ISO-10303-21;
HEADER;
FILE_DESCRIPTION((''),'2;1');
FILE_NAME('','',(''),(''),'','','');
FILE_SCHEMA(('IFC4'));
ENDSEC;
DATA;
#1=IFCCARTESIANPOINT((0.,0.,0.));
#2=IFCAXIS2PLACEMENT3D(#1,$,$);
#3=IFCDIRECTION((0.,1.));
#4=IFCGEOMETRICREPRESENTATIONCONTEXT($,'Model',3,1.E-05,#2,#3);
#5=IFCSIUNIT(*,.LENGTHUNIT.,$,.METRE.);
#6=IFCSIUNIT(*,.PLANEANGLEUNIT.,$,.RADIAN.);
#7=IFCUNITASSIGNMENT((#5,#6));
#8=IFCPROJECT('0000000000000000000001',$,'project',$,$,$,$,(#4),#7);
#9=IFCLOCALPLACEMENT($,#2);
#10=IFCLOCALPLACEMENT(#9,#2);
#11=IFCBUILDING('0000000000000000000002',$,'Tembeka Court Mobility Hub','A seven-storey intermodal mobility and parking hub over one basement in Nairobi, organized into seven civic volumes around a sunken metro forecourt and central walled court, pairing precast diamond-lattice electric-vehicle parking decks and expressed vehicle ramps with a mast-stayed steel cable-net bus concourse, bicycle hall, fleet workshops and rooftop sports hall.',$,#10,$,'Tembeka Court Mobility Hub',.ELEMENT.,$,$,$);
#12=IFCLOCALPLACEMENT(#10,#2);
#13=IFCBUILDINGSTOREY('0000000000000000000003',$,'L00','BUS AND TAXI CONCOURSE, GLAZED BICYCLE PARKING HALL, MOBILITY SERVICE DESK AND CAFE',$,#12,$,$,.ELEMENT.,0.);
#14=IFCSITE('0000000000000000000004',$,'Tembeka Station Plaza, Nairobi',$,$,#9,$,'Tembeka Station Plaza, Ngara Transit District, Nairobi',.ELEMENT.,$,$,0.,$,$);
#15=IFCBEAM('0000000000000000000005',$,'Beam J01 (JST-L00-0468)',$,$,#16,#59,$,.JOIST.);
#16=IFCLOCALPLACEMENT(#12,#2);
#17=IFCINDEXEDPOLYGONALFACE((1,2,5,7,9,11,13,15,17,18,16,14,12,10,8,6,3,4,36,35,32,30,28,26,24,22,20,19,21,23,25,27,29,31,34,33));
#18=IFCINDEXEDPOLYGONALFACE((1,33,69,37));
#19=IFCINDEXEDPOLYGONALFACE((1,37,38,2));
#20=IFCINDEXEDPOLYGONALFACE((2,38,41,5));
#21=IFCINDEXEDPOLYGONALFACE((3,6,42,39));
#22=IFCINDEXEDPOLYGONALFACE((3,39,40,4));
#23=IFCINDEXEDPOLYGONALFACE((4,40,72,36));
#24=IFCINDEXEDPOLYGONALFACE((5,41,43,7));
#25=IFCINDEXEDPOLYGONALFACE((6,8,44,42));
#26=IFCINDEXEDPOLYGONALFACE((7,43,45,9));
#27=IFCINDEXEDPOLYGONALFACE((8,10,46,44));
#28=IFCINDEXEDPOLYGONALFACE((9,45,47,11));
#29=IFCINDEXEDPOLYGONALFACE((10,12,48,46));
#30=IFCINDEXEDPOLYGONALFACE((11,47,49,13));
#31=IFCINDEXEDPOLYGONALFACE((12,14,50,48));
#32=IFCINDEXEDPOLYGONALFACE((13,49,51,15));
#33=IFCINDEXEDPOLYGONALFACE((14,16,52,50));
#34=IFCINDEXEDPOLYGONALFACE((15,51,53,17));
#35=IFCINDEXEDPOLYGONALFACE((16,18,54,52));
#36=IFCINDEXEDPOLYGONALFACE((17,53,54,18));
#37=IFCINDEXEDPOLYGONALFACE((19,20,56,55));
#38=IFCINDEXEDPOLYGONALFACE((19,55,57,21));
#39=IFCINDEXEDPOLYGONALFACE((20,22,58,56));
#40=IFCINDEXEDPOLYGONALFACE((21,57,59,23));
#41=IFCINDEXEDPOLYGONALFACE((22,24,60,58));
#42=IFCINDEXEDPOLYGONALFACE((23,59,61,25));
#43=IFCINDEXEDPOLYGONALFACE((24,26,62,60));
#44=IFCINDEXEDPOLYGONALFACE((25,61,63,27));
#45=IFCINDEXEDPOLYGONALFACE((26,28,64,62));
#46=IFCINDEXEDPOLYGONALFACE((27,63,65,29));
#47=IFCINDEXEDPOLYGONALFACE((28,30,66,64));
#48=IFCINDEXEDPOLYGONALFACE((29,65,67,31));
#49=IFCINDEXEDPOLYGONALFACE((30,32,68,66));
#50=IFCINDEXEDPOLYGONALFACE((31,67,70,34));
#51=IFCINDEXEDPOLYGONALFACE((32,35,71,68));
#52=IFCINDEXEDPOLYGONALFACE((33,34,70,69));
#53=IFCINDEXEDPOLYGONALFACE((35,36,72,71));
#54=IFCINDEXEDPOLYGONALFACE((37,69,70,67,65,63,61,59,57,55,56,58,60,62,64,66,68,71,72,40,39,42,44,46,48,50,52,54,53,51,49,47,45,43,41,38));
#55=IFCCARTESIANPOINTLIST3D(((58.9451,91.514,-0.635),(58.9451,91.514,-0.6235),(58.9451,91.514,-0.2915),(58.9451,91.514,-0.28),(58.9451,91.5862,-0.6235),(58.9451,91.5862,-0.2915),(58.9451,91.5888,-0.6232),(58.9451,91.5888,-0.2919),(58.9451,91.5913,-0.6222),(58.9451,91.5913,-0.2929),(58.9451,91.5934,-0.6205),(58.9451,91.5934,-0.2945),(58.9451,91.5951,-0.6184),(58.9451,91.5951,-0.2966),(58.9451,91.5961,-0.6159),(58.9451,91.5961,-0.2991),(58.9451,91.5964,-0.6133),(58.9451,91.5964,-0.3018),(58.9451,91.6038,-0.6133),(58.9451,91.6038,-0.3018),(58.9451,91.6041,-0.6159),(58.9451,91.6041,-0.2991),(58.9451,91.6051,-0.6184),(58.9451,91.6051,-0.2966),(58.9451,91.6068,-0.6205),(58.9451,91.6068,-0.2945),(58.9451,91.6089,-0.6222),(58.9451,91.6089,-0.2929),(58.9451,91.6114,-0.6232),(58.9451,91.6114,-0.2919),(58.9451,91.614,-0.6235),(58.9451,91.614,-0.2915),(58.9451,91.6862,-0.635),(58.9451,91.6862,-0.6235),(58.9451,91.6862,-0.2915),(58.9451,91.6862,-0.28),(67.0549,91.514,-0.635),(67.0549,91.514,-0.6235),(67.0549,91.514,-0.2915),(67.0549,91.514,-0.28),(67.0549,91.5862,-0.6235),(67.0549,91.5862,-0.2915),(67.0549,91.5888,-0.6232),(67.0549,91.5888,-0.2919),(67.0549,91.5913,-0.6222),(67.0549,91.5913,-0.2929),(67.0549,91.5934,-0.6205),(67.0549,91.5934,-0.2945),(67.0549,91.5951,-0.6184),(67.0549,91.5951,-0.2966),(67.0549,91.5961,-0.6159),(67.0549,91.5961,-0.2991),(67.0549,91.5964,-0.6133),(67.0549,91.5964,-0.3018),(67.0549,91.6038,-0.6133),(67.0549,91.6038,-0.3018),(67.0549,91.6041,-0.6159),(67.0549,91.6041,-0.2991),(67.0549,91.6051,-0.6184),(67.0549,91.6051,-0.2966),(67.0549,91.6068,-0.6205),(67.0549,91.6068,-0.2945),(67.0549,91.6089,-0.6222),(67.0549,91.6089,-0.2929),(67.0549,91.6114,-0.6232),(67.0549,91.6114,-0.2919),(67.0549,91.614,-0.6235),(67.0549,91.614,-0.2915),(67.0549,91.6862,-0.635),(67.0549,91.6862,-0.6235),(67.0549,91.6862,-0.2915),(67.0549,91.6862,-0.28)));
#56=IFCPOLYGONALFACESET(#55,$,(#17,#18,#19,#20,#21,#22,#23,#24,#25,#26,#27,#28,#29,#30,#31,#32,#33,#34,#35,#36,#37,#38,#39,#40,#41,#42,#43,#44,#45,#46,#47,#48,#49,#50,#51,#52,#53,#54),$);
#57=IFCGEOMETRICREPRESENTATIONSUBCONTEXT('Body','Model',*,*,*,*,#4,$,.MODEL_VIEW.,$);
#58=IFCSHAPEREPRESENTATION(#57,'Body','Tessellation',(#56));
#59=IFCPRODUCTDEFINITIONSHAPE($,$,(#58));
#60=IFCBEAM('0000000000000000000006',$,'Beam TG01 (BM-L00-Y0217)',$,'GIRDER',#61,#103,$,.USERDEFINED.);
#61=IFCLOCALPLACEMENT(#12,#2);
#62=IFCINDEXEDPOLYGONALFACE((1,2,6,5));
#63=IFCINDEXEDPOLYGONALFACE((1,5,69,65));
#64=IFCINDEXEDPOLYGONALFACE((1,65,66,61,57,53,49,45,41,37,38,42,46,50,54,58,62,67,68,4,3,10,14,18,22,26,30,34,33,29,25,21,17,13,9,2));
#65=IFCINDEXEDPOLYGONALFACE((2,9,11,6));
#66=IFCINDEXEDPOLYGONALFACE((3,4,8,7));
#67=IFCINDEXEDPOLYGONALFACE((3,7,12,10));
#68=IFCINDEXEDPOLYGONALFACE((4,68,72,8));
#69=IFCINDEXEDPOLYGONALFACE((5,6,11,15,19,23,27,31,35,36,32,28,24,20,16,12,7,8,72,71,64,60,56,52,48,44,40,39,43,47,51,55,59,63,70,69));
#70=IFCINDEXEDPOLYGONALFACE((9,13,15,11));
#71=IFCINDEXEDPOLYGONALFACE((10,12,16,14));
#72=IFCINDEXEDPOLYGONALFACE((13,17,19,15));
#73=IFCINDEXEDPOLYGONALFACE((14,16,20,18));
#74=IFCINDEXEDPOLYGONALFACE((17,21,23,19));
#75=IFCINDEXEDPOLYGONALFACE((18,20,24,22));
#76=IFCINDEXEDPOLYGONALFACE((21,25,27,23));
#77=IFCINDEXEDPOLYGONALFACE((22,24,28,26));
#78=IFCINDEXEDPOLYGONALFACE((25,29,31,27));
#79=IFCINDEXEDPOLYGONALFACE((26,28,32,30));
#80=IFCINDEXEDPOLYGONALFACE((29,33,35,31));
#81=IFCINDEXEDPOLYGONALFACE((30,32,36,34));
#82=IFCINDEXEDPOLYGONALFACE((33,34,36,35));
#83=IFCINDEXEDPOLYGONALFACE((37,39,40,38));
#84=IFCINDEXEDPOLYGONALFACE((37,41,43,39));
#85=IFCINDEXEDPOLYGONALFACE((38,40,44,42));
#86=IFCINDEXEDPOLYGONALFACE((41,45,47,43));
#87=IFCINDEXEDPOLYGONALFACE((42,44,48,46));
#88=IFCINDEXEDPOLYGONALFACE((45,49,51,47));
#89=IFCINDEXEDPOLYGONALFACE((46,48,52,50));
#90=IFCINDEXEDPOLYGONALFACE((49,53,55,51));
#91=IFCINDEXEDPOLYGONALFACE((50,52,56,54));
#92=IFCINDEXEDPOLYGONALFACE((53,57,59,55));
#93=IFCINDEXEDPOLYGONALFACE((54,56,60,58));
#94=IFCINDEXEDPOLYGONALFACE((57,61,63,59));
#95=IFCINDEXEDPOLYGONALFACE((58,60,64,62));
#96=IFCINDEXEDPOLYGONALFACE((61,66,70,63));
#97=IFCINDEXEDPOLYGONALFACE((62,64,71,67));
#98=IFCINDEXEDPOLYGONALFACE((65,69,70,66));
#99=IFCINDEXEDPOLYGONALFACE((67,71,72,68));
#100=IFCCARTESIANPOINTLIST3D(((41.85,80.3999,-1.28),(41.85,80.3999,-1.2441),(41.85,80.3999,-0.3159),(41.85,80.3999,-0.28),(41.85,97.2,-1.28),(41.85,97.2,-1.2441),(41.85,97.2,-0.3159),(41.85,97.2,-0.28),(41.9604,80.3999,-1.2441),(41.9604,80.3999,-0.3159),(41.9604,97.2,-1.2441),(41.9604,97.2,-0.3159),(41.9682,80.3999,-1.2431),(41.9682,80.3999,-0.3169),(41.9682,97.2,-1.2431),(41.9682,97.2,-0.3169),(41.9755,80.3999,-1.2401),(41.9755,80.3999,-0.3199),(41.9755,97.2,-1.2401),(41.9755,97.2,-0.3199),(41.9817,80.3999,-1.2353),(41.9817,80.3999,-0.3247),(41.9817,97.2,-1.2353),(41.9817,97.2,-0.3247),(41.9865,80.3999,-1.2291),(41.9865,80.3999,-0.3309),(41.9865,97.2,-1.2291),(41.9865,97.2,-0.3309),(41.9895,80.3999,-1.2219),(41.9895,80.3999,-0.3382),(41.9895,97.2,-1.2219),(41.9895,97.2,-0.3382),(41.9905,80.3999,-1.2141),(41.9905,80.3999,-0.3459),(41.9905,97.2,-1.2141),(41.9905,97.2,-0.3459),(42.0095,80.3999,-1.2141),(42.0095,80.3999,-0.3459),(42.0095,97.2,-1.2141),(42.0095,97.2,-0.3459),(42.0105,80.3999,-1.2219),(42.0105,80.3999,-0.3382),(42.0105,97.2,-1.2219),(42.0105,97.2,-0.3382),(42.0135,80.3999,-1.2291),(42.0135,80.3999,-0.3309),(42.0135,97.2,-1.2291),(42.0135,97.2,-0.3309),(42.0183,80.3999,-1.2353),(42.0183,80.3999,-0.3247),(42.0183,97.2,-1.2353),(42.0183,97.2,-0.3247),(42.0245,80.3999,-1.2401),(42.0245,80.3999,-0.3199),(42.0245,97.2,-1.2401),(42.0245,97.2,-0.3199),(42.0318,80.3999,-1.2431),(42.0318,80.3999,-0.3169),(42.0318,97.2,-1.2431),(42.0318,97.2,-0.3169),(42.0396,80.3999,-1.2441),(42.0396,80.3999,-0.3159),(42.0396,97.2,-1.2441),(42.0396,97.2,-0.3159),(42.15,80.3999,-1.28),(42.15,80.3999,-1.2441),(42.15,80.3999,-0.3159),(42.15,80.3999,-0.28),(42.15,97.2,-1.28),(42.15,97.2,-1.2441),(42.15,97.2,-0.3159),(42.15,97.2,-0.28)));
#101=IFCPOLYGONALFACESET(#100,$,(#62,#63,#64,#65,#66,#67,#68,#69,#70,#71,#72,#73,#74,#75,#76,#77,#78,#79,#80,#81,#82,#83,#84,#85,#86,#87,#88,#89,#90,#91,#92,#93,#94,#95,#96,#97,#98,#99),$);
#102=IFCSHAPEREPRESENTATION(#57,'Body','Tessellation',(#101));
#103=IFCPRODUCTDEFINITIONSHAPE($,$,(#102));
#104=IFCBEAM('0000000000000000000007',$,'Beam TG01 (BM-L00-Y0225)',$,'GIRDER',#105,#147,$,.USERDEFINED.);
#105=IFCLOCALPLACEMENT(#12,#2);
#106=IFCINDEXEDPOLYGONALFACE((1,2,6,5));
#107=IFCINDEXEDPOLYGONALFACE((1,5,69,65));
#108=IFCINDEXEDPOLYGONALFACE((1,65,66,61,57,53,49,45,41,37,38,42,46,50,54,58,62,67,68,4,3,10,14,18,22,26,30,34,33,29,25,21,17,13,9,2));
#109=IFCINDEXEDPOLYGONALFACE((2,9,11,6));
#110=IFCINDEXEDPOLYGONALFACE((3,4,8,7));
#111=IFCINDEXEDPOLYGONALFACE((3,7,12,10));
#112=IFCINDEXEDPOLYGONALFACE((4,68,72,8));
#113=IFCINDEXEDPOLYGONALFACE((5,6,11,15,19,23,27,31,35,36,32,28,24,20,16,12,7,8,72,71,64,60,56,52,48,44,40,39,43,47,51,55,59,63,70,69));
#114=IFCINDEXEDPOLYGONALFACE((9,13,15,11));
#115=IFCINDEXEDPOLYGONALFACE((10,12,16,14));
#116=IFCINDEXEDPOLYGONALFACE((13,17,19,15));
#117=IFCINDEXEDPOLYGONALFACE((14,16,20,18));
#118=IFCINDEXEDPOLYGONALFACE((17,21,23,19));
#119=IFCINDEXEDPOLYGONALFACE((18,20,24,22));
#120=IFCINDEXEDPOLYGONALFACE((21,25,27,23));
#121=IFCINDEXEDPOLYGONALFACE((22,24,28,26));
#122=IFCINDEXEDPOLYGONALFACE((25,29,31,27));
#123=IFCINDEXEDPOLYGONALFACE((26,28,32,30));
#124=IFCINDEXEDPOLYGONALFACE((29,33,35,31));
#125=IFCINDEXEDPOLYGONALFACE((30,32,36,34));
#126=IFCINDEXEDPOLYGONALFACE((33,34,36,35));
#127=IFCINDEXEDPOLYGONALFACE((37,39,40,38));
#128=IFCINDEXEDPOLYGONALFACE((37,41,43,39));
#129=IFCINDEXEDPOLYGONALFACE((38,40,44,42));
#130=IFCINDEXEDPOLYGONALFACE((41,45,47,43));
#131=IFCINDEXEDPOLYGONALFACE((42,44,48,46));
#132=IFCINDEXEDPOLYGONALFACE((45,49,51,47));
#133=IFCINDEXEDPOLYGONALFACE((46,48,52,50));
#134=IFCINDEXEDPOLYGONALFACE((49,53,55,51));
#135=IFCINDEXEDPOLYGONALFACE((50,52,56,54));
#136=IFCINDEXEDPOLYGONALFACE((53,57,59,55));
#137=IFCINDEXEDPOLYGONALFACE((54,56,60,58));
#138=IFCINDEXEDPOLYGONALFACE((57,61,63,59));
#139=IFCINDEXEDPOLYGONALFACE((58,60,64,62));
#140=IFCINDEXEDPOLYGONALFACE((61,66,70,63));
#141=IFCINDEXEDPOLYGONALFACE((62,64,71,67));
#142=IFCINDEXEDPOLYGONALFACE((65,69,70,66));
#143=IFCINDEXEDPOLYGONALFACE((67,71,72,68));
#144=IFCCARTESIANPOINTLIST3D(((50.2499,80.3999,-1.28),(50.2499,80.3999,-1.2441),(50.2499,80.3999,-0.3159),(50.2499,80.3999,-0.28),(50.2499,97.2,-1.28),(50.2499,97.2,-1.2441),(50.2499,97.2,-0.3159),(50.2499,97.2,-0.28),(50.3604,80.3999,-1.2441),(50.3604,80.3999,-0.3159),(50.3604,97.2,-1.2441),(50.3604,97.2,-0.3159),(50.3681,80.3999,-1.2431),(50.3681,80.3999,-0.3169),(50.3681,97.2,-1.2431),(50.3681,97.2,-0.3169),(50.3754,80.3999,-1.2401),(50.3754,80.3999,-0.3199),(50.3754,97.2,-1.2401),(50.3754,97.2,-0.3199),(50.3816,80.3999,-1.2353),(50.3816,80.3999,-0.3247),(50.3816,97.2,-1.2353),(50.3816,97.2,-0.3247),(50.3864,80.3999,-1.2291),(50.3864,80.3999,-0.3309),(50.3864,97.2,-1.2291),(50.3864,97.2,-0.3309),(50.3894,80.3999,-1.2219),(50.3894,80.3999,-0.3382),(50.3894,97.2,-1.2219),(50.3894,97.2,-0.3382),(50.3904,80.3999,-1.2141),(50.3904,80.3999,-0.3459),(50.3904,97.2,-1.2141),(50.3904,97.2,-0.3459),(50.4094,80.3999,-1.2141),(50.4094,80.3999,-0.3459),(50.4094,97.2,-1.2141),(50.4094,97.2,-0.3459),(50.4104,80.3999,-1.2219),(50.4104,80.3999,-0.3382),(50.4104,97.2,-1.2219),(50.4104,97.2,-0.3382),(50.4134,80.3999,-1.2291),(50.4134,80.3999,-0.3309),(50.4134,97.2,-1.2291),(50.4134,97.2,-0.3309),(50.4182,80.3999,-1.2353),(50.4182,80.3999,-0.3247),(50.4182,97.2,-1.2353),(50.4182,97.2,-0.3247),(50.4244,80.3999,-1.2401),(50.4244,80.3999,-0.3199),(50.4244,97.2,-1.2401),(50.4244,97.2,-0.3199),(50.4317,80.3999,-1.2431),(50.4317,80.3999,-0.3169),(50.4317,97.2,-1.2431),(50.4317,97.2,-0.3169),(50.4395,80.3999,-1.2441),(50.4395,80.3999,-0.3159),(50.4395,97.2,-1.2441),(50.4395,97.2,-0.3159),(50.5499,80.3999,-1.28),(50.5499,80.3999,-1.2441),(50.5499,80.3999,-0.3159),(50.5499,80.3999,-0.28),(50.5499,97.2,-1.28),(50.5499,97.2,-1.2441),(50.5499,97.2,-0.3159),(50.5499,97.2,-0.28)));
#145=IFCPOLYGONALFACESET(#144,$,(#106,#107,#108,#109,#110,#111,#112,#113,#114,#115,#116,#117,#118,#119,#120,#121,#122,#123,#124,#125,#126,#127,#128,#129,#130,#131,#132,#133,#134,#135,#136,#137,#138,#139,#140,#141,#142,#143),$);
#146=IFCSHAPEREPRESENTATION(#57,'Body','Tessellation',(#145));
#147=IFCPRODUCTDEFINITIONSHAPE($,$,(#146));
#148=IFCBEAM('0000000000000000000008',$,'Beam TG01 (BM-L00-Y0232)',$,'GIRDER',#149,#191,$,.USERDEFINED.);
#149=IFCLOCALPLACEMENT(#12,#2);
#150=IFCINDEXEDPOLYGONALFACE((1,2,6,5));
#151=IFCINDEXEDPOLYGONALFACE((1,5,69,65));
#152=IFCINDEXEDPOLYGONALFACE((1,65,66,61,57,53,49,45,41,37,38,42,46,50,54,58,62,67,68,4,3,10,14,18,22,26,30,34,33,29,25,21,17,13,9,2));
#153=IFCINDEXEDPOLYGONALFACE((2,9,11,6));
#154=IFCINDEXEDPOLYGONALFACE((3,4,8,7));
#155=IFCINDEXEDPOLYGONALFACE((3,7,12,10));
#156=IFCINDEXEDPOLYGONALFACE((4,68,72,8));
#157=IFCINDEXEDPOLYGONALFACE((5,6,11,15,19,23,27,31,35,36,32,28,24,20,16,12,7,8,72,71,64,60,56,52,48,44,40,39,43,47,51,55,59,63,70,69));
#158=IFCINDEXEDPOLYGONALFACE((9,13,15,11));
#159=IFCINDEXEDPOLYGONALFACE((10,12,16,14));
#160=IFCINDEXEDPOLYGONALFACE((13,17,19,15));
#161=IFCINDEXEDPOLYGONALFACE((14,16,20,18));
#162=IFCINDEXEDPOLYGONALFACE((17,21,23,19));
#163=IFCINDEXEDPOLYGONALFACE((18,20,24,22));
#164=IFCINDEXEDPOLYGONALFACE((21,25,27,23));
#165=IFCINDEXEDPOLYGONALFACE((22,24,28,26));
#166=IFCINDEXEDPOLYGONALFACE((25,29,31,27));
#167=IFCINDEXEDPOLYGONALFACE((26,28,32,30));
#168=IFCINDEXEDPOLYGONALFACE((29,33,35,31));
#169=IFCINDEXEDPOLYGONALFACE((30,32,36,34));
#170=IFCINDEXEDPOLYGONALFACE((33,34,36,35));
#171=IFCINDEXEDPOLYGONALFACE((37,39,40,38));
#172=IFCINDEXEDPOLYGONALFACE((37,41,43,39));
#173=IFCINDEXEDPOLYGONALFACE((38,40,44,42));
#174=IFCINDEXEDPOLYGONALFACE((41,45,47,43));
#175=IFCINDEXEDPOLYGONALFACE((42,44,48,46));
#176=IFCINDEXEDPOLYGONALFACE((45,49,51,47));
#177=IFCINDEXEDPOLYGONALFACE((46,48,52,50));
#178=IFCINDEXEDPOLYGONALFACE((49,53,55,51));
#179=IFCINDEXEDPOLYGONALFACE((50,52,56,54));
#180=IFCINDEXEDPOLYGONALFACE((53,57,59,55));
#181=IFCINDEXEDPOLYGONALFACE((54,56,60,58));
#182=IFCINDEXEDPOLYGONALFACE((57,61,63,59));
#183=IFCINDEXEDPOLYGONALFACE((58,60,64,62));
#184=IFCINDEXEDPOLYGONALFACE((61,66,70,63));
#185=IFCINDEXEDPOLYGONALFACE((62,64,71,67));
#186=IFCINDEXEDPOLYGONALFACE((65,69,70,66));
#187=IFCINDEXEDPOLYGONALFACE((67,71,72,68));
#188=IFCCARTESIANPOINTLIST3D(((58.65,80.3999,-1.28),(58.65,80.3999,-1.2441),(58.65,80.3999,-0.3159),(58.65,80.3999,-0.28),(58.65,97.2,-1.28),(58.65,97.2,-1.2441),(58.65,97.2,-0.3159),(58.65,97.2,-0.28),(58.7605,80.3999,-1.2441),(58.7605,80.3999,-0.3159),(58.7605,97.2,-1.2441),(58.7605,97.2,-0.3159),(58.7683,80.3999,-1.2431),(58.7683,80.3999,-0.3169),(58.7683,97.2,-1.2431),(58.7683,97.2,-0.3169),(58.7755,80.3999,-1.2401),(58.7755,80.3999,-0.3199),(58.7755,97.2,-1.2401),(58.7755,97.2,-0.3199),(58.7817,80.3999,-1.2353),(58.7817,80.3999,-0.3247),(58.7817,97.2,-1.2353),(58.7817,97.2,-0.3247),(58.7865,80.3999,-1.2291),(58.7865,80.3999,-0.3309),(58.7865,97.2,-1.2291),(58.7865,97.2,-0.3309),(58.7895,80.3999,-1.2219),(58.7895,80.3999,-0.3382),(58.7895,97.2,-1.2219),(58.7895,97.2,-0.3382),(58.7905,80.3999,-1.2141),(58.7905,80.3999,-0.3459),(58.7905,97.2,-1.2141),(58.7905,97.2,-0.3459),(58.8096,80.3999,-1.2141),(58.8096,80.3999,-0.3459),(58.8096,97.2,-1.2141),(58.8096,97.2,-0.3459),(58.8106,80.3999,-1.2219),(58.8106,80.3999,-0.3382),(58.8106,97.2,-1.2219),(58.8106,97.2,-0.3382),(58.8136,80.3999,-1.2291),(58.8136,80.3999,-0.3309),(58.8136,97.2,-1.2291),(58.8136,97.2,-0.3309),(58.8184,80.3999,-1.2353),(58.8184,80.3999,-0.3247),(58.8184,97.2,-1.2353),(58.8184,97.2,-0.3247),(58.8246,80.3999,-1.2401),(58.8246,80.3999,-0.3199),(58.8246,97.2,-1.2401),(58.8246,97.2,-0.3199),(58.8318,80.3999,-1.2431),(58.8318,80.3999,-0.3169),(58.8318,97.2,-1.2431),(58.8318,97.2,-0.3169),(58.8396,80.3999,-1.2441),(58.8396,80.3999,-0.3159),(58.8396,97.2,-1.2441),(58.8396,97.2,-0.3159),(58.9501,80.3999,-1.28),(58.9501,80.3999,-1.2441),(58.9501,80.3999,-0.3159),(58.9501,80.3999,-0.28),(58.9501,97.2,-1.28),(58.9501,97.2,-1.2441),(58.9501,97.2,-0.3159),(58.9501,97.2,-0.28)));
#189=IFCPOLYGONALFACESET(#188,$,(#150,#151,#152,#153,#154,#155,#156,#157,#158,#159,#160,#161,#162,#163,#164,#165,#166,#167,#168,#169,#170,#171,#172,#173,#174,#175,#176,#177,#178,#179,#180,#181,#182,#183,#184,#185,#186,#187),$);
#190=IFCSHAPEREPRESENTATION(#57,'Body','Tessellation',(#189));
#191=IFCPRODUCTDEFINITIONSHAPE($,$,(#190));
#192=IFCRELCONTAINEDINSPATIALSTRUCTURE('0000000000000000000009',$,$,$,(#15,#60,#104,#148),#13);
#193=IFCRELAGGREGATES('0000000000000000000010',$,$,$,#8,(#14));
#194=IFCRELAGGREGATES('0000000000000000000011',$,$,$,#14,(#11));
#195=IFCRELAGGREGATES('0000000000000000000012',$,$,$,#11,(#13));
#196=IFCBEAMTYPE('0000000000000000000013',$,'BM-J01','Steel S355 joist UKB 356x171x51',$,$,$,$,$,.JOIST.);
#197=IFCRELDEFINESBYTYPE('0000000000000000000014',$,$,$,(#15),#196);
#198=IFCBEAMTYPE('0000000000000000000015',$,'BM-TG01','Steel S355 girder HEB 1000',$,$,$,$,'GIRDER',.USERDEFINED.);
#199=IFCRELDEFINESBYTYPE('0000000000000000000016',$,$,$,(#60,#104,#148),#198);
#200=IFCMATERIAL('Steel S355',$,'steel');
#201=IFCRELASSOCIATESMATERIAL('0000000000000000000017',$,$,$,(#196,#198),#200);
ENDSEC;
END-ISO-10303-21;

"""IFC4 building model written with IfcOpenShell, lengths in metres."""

from ifc_helpers import new_model, si_unit, direction, frame, origin, origin_2d, place, context, subcontext, project, spatial, i_section, extrude, material, material_profile, profile_set, type_object, element, save


model = new_model("IFC4")

# Units and contexts
model_context = context("Model", 3, precision=1e-05, world=origin(), true_north=direction((0.0, 1.0)))
body_context = subcontext(model_context, "Body", "Model", "MODEL_VIEW")
ifc_project = project(units=[si_unit("LENGTHUNIT", "METRE"), si_unit("PLANEANGLEUNIT", "RADIAN")], contexts=[model_context])

# Site, building, storey
site_placement = place(None, origin())
site = spatial("IfcSite", under=ifc_project, at=site_placement, Name="Tembeka Station Plaza, Nairobi", LongName="Tembeka Station Plaza, Ngara Transit District, Nairobi", CompositionType="ELEMENT", RefElevation=0.0)
building_placement = place(site_placement, origin())
building = spatial("IfcBuilding", under=site, at=building_placement, Name="Tembeka Court Mobility Hub", Description="A seven-storey intermodal mobility and parking hub over one basement in Nairobi, organized into seven civic volumes around a sunken metro forecourt and central walled court, pairing precast diamond-lattice electric-vehicle parking decks and expressed vehicle ramps with a mast-stayed steel cable-net bus concourse, bicycle hall, fleet workshops and rooftop sports hall.", LongName="Tembeka Court Mobility Hub", CompositionType="ELEMENT")
storey_placement = place(building_placement, origin())
storey = spatial("IfcBuildingStorey", under=building, at=storey_placement, Name="L00", Description="BUS AND TAXI CONCOURSE, GLAZED BICYCLE PARKING HALL, MOBILITY SERVICE DESK AND CAFE", CompositionType="ELEMENT", Elevation=0.0)

# Shared definitions
ifc_material_1 = material(Name="Steel S355", Category="steel")

# Beams
ifc_material_profile_1 = material_profile(ifc_material_1, i_section(OverallWidth=0.1721, OverallDepth=0.355, WebThickness=0.0073, FlangeThickness=0.0115, FilletRadius=0.0103, at=origin_2d()), Name="UKB 356x171x51")
ifc_profile_set_1 = profile_set([ifc_material_profile_1], Name="Steel S355")
beam_type_1 = type_object("IfcBeamType", Name="BM-J01", Description="Steel S355 joist UKB 356x171x51", PredefinedType="JOIST", material=ifc_profile_set_1)
for number, where, z_axis, x_axis, name in (
    (1, (58.9451, 91.6001, -0.4575), (1.0, 0.0, 0.0), (0.0, 1.0, 0.0), "Beam J01 (JST-L00-0468)"),
):
    element("IfcBeam", number, at=place(storey_placement, frame(where, z_axis=z_axis, x_axis=x_axis)), inside=storey, type_object=beam_type_1, Name=name, PredefinedType="JOIST", context=body_context, shape_type="SweptSolid", body=[
        extrude(i_section(OverallWidth=0.1721, OverallDepth=0.355, WebThickness=0.0073, FlangeThickness=0.0115, FilletRadius=0.0103, at=origin_2d()), origin(), (0.0, 0.0, 1.0), 8.1099),
    ])
ifc_material_profile_2 = material_profile(ifc_material_1, i_section(OverallWidth=0.3, OverallDepth=1.0, WebThickness=0.019, FlangeThickness=0.0359, FilletRadius=0.03, at=origin_2d()), Name="HEB 1000")
ifc_profile_set_2 = profile_set([ifc_material_profile_2], Name="Steel S355")
beam_type_2 = type_object("IfcBeamType", Name="BM-TG01", Description="Steel S355 girder HEB 1000", ElementType="GIRDER", PredefinedType="USERDEFINED", material=ifc_profile_set_2)
for number, where, z_axis, x_axis, name in (
    (2, (42.0, 80.3999, -0.78), (0.0, 1.0, 0.0), (-1.0, 0.0, 0.0), "Beam TG01 (BM-L00-Y0217)"),
    (3, (50.3999, 80.3999, -0.78), (0.0, 1.0, 0.0), (-1.0, 0.0, 0.0), "Beam TG01 (BM-L00-Y0225)"),
    (4, (58.8, 80.3999, -0.78), (0.0, 1.0, 0.0), (-1.0, 0.0, 0.0), "Beam TG01 (BM-L00-Y0232)"),
):
    element("IfcBeam", number, at=place(storey_placement, frame(where, z_axis=z_axis, x_axis=x_axis)), inside=storey, type_object=beam_type_2, Name=name, ObjectType="GIRDER", PredefinedType="USERDEFINED", context=body_context, shape_type="SweptSolid", body=[
        extrude(i_section(OverallWidth=0.3, OverallDepth=1.0, WebThickness=0.019, FlangeThickness=0.0359, FilletRadius=0.03, at=origin_2d()), origin(), (0.0, 0.0, 1.0), 16.8),
    ])

save(model, "model.ifc")
